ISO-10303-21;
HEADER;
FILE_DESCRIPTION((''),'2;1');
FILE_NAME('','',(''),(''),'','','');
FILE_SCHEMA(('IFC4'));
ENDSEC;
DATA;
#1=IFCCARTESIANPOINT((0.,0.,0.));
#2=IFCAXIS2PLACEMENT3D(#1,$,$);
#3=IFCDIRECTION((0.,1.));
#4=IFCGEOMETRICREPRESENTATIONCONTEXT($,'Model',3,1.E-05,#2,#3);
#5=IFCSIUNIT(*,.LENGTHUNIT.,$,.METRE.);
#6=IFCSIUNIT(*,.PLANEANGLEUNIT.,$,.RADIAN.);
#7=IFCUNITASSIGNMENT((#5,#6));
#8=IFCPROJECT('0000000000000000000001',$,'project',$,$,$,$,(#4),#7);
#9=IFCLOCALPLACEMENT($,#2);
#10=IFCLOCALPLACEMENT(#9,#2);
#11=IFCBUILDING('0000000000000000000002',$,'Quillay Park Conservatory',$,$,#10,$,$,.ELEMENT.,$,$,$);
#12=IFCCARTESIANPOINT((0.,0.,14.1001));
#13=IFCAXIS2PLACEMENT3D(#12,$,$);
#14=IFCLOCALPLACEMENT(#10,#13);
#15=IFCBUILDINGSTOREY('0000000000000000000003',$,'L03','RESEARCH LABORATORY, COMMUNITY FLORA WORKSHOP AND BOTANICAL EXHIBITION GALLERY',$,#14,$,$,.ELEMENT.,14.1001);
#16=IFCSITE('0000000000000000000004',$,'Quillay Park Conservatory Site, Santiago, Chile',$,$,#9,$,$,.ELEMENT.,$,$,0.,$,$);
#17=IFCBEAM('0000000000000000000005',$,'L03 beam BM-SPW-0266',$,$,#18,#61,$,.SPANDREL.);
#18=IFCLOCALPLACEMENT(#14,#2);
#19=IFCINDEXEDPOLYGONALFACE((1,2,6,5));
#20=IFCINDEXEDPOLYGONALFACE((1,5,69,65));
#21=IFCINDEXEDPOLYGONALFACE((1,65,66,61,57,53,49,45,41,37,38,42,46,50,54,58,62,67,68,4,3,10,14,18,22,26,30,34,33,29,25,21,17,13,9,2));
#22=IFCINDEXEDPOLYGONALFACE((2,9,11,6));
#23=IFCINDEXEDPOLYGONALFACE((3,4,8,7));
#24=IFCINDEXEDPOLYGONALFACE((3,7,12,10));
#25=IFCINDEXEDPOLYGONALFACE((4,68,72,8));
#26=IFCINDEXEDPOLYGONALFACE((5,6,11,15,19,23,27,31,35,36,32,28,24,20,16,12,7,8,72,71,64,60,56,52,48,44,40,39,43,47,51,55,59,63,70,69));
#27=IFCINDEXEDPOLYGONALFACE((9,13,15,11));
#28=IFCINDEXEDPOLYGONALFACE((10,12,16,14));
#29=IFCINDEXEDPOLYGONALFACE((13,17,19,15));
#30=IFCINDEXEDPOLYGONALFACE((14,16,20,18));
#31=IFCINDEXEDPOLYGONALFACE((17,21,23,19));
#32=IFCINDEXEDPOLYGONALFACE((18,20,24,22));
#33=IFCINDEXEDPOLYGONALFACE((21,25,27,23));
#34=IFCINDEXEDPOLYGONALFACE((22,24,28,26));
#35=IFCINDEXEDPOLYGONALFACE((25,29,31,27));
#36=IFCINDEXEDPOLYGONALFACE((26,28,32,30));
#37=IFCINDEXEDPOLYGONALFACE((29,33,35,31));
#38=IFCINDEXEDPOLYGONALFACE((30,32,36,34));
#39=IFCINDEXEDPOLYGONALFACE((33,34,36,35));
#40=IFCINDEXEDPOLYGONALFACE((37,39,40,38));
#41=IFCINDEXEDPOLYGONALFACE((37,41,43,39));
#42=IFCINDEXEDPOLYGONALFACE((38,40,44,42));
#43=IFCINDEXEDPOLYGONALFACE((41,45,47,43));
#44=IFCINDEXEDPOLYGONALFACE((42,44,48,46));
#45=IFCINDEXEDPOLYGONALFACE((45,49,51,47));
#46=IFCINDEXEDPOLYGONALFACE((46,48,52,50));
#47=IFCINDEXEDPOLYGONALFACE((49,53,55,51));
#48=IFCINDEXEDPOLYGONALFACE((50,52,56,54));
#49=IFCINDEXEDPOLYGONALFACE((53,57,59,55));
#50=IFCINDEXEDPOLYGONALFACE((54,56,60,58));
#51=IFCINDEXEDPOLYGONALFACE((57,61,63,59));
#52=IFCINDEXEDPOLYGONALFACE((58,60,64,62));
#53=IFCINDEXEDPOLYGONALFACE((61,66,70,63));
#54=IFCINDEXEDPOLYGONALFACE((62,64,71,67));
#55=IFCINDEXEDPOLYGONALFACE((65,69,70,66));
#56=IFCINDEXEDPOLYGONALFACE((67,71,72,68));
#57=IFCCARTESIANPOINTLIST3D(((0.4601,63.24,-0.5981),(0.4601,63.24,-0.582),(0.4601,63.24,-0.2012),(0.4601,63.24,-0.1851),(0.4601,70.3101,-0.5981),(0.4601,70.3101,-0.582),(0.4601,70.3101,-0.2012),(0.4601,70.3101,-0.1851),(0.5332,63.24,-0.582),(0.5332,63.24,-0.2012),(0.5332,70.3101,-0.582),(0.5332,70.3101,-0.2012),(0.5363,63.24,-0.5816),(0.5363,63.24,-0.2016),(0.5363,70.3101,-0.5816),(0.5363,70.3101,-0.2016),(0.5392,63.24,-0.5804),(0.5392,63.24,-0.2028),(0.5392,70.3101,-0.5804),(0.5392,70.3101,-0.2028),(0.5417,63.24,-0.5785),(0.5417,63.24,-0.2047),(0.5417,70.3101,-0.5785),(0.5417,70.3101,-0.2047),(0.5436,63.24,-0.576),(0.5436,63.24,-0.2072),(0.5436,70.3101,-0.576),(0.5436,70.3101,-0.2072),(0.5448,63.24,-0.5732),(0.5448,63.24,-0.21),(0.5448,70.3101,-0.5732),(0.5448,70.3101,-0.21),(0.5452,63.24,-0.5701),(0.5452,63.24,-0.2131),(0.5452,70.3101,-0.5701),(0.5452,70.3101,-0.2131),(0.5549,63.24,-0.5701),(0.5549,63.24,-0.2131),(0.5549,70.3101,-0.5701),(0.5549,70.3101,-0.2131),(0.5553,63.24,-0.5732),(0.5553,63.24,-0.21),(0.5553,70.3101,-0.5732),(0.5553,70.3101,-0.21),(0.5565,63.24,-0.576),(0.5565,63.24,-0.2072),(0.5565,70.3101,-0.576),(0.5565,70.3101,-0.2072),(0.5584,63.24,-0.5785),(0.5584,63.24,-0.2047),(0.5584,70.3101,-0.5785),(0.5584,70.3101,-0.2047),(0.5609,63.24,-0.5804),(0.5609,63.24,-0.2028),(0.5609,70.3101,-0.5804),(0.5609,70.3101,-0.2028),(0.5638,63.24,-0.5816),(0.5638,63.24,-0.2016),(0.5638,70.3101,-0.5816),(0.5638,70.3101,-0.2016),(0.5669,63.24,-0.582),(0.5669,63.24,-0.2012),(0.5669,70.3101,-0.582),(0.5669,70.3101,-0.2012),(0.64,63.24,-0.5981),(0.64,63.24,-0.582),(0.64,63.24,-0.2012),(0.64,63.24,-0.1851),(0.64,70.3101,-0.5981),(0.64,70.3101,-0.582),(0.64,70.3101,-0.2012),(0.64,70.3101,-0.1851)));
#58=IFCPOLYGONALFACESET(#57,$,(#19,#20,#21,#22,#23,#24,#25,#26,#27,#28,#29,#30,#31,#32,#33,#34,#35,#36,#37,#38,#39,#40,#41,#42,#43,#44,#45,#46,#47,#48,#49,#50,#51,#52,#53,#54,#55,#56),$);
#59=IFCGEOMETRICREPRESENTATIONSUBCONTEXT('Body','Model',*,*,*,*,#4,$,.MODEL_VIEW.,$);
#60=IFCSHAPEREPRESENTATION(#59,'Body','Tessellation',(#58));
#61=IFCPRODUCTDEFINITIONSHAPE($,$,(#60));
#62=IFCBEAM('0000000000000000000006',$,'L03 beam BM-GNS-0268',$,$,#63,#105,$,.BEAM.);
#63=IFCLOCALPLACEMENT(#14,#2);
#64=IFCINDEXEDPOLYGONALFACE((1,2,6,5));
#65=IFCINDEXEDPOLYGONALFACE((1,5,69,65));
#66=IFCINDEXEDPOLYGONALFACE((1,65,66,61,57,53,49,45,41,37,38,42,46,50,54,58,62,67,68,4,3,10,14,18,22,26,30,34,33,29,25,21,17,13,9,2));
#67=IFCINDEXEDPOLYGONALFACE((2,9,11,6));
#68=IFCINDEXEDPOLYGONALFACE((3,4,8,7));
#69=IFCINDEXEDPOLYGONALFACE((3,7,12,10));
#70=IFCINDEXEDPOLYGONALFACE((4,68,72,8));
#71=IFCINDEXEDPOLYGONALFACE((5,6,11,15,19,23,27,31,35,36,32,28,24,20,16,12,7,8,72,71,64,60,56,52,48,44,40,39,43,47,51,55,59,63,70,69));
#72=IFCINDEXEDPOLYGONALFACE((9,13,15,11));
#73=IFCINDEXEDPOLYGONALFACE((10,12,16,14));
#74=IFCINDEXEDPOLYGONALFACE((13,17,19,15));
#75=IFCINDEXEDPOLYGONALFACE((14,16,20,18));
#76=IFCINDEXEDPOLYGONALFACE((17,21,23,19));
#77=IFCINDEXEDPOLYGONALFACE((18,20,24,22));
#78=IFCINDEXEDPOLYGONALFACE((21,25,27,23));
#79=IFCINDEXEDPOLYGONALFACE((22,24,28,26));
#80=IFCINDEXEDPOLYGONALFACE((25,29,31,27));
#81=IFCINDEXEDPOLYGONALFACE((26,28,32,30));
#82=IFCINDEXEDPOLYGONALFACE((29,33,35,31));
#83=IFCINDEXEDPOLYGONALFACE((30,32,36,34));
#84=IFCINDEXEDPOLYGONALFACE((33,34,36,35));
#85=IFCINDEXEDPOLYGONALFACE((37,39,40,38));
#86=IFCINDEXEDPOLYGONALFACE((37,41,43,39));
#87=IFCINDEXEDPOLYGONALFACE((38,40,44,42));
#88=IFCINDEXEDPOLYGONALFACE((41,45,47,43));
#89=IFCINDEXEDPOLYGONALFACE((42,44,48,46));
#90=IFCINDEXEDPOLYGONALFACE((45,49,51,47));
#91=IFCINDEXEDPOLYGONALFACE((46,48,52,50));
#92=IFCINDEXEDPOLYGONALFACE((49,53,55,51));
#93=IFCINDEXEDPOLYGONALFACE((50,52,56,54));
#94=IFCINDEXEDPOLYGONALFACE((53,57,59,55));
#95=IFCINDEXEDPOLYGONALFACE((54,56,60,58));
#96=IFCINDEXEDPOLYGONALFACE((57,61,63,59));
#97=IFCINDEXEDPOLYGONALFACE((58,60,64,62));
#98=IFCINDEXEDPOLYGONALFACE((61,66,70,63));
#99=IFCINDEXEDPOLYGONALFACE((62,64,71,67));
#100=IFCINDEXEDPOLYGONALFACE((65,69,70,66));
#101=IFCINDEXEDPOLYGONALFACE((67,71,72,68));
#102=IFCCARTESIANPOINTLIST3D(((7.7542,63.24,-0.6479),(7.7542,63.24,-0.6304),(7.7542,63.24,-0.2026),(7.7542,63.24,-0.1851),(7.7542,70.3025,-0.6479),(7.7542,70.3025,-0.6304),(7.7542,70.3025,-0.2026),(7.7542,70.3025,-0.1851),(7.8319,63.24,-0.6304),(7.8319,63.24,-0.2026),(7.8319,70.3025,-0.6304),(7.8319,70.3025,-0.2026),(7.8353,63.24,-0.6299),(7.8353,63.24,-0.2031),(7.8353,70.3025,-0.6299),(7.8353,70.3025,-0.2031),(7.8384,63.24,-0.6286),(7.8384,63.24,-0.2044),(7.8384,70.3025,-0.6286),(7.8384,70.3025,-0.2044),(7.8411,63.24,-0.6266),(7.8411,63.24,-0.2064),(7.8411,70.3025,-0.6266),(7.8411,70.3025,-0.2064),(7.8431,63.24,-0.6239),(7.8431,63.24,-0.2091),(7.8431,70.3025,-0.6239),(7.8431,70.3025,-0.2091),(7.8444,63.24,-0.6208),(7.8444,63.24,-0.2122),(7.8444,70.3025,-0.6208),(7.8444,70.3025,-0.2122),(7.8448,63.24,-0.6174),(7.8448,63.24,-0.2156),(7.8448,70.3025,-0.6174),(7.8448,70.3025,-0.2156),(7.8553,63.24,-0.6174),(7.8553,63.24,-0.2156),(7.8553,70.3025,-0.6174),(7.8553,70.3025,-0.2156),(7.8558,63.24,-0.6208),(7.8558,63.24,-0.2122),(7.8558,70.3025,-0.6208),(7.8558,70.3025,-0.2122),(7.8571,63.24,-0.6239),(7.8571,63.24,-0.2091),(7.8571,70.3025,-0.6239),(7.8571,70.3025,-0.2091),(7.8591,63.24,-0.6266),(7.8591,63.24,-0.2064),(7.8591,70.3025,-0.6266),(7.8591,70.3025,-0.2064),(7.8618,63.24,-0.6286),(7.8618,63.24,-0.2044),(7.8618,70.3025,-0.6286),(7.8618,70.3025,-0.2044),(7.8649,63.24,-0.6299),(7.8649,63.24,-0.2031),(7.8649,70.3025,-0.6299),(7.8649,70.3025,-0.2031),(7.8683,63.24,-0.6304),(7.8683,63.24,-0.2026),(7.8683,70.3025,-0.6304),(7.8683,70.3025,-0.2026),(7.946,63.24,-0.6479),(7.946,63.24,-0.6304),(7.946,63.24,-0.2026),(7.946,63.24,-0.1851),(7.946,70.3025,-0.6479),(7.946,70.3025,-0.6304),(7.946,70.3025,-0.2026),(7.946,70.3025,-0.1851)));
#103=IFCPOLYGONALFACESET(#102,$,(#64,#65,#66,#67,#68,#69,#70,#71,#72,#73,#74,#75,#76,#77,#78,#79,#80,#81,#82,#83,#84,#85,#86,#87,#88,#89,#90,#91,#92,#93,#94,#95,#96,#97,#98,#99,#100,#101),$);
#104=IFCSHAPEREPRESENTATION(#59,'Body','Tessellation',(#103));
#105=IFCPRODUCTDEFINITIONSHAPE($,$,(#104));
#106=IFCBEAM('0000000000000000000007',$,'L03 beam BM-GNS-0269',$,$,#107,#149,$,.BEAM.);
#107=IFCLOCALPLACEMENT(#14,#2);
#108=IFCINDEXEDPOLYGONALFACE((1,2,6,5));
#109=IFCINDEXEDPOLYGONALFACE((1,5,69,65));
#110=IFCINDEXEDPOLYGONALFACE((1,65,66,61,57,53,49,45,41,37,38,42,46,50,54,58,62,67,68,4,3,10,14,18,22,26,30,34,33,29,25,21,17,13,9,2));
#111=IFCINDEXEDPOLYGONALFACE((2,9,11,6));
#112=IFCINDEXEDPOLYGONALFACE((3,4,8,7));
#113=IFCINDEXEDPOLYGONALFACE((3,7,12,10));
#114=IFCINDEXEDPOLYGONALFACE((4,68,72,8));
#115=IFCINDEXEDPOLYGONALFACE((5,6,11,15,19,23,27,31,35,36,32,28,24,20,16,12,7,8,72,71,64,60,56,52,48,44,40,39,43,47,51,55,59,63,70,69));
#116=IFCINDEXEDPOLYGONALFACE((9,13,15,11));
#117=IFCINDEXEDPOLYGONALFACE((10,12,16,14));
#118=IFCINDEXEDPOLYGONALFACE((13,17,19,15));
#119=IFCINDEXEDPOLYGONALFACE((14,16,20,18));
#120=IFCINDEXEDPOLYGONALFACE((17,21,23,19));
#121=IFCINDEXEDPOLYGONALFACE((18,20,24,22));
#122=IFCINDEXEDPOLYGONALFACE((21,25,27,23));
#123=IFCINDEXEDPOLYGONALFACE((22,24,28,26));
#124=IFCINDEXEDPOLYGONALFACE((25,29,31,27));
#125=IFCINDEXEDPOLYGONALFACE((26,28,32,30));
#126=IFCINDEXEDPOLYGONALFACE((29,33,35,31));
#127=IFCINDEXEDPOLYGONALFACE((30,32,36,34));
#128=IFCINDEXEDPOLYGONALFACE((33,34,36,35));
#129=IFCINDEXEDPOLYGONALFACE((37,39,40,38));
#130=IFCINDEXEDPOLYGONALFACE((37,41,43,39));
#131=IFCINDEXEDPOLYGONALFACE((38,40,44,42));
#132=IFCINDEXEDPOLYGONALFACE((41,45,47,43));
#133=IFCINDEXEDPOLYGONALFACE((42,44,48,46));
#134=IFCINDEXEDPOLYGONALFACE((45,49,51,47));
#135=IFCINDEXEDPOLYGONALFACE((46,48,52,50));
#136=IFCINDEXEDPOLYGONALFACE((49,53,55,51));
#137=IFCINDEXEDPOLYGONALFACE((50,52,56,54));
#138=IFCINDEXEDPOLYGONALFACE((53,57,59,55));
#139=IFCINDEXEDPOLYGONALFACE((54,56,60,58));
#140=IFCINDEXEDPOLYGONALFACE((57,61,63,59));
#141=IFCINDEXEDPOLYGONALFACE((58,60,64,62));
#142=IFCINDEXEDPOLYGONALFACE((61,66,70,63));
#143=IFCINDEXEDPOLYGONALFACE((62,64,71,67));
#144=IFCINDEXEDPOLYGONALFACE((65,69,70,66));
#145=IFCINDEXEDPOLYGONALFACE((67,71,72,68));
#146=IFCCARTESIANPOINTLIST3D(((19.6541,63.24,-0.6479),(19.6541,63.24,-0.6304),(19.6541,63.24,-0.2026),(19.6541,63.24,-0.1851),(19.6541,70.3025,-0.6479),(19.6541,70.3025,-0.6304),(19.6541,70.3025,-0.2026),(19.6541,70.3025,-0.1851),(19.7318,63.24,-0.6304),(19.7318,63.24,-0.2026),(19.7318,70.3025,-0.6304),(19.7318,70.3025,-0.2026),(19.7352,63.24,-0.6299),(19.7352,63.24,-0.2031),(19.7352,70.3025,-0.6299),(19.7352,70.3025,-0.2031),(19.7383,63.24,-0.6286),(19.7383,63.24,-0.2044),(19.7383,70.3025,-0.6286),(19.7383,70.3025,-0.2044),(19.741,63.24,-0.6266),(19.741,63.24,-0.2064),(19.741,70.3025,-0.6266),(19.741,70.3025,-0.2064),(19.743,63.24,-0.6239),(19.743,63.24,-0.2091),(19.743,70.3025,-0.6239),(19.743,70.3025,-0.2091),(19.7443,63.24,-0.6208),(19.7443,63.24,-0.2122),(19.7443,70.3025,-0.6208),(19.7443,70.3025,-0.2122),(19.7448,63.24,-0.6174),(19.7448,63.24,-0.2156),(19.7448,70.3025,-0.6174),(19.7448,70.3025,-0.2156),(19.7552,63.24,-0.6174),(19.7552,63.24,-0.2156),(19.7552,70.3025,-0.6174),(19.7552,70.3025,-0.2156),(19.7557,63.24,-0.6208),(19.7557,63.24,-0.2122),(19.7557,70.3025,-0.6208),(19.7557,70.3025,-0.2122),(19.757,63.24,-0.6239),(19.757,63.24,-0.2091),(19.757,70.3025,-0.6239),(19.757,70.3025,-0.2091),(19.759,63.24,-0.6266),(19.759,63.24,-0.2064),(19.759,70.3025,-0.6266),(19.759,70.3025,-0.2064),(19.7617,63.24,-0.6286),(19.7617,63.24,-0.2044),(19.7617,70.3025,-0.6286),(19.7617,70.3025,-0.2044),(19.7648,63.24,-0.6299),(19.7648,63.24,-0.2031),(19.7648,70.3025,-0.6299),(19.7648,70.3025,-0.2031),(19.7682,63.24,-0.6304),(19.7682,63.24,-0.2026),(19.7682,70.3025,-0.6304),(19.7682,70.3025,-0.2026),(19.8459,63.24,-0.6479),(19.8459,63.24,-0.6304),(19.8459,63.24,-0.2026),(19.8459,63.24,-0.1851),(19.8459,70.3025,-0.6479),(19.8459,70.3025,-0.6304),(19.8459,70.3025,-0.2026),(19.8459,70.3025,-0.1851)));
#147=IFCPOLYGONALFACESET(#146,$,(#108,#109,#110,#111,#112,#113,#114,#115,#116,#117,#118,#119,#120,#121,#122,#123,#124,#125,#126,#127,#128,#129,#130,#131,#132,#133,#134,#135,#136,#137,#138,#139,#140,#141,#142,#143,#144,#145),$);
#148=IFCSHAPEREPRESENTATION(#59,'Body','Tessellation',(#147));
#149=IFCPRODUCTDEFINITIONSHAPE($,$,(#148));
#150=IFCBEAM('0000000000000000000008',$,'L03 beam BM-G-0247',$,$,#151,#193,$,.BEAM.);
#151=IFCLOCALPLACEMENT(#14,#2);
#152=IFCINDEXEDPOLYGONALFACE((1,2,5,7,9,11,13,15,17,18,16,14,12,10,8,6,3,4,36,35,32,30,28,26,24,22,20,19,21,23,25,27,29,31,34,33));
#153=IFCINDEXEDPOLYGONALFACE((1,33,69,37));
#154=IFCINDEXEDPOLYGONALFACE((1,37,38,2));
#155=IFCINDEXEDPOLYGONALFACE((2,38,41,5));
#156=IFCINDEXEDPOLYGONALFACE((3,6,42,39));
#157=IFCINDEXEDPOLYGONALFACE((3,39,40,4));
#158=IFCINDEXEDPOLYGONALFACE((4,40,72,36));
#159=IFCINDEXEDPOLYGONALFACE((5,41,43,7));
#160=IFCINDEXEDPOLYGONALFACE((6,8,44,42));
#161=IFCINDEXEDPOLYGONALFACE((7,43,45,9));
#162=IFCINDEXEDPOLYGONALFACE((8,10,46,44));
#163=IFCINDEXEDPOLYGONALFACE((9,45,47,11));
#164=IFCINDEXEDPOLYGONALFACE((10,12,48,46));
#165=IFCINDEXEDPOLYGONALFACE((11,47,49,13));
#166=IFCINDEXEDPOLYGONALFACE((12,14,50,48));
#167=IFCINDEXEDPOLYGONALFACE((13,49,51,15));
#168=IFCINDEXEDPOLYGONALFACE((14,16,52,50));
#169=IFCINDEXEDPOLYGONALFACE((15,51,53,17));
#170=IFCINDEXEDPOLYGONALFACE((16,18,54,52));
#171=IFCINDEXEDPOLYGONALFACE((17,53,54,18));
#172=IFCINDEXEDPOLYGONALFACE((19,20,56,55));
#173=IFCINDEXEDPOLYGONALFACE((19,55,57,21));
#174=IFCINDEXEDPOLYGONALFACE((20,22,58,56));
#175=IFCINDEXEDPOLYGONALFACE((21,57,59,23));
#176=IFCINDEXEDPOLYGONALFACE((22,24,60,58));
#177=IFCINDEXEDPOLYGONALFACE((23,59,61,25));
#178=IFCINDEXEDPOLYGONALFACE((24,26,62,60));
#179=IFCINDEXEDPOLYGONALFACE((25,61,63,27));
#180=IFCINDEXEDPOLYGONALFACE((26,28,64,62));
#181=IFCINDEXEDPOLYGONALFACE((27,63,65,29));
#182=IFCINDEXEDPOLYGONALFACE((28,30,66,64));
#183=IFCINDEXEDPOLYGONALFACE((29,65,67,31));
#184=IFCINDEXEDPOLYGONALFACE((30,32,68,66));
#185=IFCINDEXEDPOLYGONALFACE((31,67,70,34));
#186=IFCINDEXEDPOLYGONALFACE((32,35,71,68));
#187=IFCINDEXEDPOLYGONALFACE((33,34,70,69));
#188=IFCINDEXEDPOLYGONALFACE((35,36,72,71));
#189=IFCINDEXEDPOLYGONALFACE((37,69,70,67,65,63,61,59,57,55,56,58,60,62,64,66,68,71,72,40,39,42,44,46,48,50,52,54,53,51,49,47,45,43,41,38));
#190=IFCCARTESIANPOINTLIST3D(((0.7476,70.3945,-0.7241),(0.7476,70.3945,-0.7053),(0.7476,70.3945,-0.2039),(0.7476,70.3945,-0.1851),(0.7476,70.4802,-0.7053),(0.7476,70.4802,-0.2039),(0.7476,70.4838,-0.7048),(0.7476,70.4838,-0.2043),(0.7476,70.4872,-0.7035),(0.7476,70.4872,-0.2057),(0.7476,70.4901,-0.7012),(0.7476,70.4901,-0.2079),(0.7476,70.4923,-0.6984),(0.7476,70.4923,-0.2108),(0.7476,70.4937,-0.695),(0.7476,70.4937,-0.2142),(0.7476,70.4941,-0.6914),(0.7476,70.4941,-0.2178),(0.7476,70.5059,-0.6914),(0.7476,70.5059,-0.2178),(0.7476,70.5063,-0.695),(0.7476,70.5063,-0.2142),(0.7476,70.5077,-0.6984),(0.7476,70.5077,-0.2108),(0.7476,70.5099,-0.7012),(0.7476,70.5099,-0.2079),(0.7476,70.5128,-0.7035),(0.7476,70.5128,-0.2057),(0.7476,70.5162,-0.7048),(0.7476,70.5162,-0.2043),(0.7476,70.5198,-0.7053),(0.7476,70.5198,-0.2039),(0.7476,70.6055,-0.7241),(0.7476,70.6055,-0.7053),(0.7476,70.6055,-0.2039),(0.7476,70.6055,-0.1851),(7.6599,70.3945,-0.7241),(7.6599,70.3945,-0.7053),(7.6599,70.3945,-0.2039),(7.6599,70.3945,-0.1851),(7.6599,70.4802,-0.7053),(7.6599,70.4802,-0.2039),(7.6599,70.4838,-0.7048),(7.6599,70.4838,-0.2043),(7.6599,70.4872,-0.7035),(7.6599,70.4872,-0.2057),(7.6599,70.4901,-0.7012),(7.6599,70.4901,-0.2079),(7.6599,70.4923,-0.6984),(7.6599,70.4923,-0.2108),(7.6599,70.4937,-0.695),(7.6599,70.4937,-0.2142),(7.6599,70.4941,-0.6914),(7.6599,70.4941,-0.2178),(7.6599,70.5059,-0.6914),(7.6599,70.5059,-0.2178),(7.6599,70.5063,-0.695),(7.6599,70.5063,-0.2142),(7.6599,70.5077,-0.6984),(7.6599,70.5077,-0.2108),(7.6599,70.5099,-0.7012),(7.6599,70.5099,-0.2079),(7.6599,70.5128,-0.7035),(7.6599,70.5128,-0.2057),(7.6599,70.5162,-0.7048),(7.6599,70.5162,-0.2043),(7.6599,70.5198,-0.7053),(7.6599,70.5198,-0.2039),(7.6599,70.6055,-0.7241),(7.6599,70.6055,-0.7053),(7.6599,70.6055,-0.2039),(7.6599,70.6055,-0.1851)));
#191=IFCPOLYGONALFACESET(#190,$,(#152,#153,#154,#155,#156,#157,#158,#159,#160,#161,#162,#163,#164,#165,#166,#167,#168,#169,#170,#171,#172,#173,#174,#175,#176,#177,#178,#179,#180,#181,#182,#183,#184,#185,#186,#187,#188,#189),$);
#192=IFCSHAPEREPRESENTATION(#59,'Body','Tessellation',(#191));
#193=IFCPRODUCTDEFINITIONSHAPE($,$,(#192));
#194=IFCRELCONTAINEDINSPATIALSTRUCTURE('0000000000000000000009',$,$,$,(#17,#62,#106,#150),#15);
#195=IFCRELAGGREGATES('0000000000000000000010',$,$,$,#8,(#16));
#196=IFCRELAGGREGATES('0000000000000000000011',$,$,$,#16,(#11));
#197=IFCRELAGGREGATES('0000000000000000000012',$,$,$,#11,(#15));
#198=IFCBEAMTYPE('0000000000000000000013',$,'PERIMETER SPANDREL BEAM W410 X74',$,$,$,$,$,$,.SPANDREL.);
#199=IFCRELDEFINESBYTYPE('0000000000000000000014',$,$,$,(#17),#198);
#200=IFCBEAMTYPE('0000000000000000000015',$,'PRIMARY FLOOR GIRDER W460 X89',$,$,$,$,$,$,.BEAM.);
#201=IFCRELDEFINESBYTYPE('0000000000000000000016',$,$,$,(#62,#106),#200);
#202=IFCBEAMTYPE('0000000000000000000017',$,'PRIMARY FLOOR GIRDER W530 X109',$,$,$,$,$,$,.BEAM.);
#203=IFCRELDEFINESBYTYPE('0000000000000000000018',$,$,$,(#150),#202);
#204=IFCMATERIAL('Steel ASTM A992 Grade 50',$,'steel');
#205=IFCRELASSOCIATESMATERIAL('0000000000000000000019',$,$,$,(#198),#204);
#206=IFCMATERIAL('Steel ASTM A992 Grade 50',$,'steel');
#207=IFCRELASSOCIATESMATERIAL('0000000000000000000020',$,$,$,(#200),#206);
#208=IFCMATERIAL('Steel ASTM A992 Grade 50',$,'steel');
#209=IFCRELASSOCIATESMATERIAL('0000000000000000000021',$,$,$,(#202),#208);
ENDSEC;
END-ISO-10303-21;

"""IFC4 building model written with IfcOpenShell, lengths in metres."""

from ifc_helpers import new_model, si_unit, direction, frame, origin, origin_2d, place, context, subcontext, project, spatial, i_section, extrude, material, material_profile, profile_set, type_object, element, save


model = new_model("IFC4")

# Units and contexts
model_context = context("Model", 3, precision=1e-05, world=origin(), true_north=direction((0.0, 1.0)))
body_context = subcontext(model_context, "Body", "Model", "MODEL_VIEW")
ifc_project = project(units=[si_unit("LENGTHUNIT", "METRE"), si_unit("PLANEANGLEUNIT", "RADIAN")], contexts=[model_context])

# Site, building, storey
site_placement = place(None, origin())
site = spatial("IfcSite", under=ifc_project, at=site_placement, Name="Quillay Park Conservatory Site, Santiago, Chile", CompositionType="ELEMENT", RefElevation=0.0)
building_placement = place(site_placement, origin())
building = spatial("IfcBuilding", under=site, at=building_placement, Name="Quillay Park Conservatory", CompositionType="ELEMENT")
storey_placement = place(building_placement, frame((0.0, 0.0, 14.1001)))
storey = spatial("IfcBuildingStorey", under=building, at=storey_placement, Name="L03", Description="RESEARCH LABORATORY, COMMUNITY FLORA WORKSHOP AND BOTANICAL EXHIBITION GALLERY", CompositionType="ELEMENT", Elevation=14.1001)

# Beams
ifc_material_1 = material(Name="Steel ASTM A992 Grade 50", Category="steel")
ifc_material_profile_1 = material_profile(ifc_material_1, i_section(OverallWidth=0.1799, OverallDepth=0.4131, WebThickness=0.0098, FlangeThickness=0.0161, FilletRadius=0.012, at=origin_2d()), Name="W410x74")
ifc_profile_set_1 = profile_set([ifc_material_profile_1], Name="Steel ASTM A992 Grade 50")
beam_type_1 = type_object("IfcBeamType", Name="PERIMETER SPANDREL BEAM W410 X74", PredefinedType="SPANDREL", material=ifc_profile_set_1)
beam_1_placement = place(storey_placement, frame((0.55, 63.24, -0.3916), z_axis=(0.0, 1.0, 0.0), x_axis=(-1.0, 0.0, 0.0)))
element("IfcBeam", 1, at=beam_1_placement, inside=storey, type_object=beam_type_1, Name="L03 beam BM-SPW-0266", PredefinedType="SPANDREL", context=body_context, shape_type="SweptSolid", body=[
    extrude(i_section(OverallWidth=0.1799, OverallDepth=0.4131, WebThickness=0.0098, FlangeThickness=0.0161, FilletRadius=0.012, at=origin_2d()), origin(), (0.0, 0.0, 1.0), 7.0701),
])
ifc_material_2 = material(Name="Steel ASTM A992 Grade 50", Category="steel")
ifc_material_profile_2 = material_profile(ifc_material_2, i_section(OverallWidth=0.1919, OverallDepth=0.4629, WebThickness=0.0105, FlangeThickness=0.0176, FilletRadius=0.0129, at=origin_2d()), Name="W460x89")
ifc_profile_set_2 = profile_set([ifc_material_profile_2], Name="Steel ASTM A992 Grade 50")
beam_type_2 = type_object("IfcBeamType", Name="PRIMARY FLOOR GIRDER W460 X89", PredefinedType="BEAM", material=ifc_profile_set_2)
for number, where, z_axis, x_axis, name in (
    (2, (7.8501, 63.24, -0.4165), (0.0, 1.0, 0.0), (-1.0, 0.0, 0.0), "L03 beam BM-GNS-0268"),
    (3, (19.75, 63.24, -0.4165), (0.0, 1.0, 0.0), (-1.0, 0.0, 0.0), "L03 beam BM-GNS-0269"),
):
    element("IfcBeam", number, at=place(storey_placement, frame(where, z_axis=z_axis, x_axis=x_axis)), inside=storey, type_object=beam_type_2, Name=name, PredefinedType="BEAM", context=body_context, shape_type="SweptSolid", body=[
        extrude(i_section(OverallWidth=0.1919, OverallDepth=0.4629, WebThickness=0.0105, FlangeThickness=0.0176, FilletRadius=0.0129, at=origin_2d()), origin(), (0.0, 0.0, 1.0), 7.0625),
    ])
ifc_material_3 = material(Name="Steel ASTM A992 Grade 50", Category="steel")
ifc_material_profile_3 = material_profile(ifc_material_3, i_section(OverallWidth=0.2109, OverallDepth=0.5391, WebThickness=0.0117, FlangeThickness=0.0188, FilletRadius=0.0139, at=origin_2d()), Name="W530x109")
ifc_profile_set_3 = profile_set([ifc_material_profile_3], Name="Steel ASTM A992 Grade 50")
beam_type_3 = type_object("IfcBeamType", Name="PRIMARY FLOOR GIRDER W530 X109", PredefinedType="BEAM", material=ifc_profile_set_3)
beam_2_placement = place(storey_placement, frame((0.7476, 70.5, -0.4546), z_axis=(1.0, 0.0, 0.0), x_axis=(0.0, 1.0, 0.0)))
element("IfcBeam", 4, at=beam_2_placement, inside=storey, type_object=beam_type_3, Name="L03 beam BM-G-0247", PredefinedType="BEAM", context=body_context, shape_type="SweptSolid", body=[
    extrude(i_section(OverallWidth=0.2109, OverallDepth=0.5391, WebThickness=0.0117, FlangeThickness=0.0188, FilletRadius=0.0139, at=origin_2d()), origin(), (0.0, 0.0, 1.0), 6.9124),
])

save(model, "model.ifc")
